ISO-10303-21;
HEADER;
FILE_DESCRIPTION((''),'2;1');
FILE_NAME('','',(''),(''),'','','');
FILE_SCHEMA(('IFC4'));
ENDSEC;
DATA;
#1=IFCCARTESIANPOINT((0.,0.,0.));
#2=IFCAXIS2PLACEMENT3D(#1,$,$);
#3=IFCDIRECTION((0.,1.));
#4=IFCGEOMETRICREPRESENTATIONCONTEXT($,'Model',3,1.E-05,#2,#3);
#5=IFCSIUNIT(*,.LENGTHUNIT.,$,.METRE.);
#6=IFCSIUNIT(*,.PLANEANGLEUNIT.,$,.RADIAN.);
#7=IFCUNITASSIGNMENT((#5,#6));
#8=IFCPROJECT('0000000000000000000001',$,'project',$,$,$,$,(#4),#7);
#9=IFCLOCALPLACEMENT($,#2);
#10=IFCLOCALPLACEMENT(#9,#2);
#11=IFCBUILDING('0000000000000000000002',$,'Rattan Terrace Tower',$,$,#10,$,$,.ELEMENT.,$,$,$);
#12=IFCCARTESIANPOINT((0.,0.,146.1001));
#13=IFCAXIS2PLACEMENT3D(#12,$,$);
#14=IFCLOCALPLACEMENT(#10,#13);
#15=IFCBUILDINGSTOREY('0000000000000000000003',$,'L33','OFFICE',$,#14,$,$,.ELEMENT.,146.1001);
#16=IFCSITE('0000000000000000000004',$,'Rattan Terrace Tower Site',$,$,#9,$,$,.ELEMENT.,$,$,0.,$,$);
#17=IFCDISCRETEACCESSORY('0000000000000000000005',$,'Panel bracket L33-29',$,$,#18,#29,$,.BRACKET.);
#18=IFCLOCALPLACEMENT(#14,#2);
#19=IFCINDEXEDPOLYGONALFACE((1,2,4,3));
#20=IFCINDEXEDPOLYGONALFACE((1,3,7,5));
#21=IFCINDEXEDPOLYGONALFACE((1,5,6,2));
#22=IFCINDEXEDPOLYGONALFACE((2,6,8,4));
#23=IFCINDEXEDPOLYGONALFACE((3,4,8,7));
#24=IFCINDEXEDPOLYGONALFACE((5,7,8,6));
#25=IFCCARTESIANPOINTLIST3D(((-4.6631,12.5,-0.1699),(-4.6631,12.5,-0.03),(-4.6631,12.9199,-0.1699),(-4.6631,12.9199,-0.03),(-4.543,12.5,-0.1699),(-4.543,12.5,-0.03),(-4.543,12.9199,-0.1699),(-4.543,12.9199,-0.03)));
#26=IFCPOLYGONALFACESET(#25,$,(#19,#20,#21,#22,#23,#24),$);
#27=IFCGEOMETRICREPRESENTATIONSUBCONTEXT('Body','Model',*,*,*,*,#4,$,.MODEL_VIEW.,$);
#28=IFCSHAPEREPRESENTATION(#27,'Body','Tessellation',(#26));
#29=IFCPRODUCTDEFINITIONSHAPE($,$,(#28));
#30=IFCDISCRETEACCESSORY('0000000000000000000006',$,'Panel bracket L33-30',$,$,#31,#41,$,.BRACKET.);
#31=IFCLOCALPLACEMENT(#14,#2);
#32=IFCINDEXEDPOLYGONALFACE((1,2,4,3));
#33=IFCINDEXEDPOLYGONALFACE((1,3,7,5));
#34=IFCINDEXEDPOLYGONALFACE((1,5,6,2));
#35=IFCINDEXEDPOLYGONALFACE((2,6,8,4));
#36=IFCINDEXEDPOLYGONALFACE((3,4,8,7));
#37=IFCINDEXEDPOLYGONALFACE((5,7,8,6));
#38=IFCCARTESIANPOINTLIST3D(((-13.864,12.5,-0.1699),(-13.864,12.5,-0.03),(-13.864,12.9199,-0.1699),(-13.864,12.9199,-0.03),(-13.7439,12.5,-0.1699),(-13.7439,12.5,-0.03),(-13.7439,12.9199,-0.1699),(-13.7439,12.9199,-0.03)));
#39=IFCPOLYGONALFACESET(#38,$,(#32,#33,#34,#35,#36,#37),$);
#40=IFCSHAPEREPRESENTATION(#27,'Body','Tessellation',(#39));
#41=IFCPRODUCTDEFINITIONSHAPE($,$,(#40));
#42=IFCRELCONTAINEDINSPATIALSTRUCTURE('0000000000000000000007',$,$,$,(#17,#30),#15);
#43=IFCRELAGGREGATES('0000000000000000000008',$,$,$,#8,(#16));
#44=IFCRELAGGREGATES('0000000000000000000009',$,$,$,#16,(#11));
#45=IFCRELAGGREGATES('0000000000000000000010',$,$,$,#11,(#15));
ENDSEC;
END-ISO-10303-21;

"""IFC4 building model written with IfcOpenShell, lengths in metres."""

from ifc_helpers import new_model, si_unit, direction, frame, origin, origin_2d, place, context, subcontext, project, spatial, rectangle, extrude, element, save


model = new_model("IFC4")

# Units and contexts
model_context = context("Model", 3, precision=1e-05, world=origin(), true_north=direction((0.0, 1.0)))
body_context = subcontext(model_context, "Body", "Model", "MODEL_VIEW")
ifc_project = project(units=[si_unit("LENGTHUNIT", "METRE"), si_unit("PLANEANGLEUNIT", "RADIAN")], contexts=[model_context])

# Site, building, storey
site_placement = place(None, origin())
site = spatial("IfcSite", under=ifc_project, at=site_placement, Name="Rattan Terrace Tower Site", CompositionType="ELEMENT", RefElevation=0.0)
building_placement = place(site_placement, origin())
building = spatial("IfcBuilding", under=site, at=building_placement, Name="Rattan Terrace Tower", CompositionType="ELEMENT")
storey_placement = place(building_placement, frame((0.0, 0.0, 146.1001)))
storey = spatial("IfcBuildingStorey", under=building, at=storey_placement, Name="L33", Description="OFFICE", CompositionType="ELEMENT", Elevation=146.1001)

# Discrete accessories
for number, where, z_axis, x_axis, name in (
    (1, (-4.603, 12.71, -0.1699), (0.0, 0.0, 1.0), (-1.0, 0.0, 0.0), "Panel bracket L33-29"),
    (2, (-13.804, 12.71, -0.1699), (0.0, 0.0, 1.0), (-1.0, 0.0, 0.0), "Panel bracket L33-30"),
):
    element("IfcDiscreteAccessory", number, at=place(storey_placement, frame(where, z_axis=z_axis, x_axis=x_axis)), inside=storey, Name=name, PredefinedType="BRACKET", context=body_context, shape_type="SweptSolid", body=[
        extrude(rectangle(XDim=0.1201, YDim=0.4199, at=origin_2d()), origin(), (0.0, 0.0, 1.0), 0.1399),
    ])

save(model, "model.ifc")
